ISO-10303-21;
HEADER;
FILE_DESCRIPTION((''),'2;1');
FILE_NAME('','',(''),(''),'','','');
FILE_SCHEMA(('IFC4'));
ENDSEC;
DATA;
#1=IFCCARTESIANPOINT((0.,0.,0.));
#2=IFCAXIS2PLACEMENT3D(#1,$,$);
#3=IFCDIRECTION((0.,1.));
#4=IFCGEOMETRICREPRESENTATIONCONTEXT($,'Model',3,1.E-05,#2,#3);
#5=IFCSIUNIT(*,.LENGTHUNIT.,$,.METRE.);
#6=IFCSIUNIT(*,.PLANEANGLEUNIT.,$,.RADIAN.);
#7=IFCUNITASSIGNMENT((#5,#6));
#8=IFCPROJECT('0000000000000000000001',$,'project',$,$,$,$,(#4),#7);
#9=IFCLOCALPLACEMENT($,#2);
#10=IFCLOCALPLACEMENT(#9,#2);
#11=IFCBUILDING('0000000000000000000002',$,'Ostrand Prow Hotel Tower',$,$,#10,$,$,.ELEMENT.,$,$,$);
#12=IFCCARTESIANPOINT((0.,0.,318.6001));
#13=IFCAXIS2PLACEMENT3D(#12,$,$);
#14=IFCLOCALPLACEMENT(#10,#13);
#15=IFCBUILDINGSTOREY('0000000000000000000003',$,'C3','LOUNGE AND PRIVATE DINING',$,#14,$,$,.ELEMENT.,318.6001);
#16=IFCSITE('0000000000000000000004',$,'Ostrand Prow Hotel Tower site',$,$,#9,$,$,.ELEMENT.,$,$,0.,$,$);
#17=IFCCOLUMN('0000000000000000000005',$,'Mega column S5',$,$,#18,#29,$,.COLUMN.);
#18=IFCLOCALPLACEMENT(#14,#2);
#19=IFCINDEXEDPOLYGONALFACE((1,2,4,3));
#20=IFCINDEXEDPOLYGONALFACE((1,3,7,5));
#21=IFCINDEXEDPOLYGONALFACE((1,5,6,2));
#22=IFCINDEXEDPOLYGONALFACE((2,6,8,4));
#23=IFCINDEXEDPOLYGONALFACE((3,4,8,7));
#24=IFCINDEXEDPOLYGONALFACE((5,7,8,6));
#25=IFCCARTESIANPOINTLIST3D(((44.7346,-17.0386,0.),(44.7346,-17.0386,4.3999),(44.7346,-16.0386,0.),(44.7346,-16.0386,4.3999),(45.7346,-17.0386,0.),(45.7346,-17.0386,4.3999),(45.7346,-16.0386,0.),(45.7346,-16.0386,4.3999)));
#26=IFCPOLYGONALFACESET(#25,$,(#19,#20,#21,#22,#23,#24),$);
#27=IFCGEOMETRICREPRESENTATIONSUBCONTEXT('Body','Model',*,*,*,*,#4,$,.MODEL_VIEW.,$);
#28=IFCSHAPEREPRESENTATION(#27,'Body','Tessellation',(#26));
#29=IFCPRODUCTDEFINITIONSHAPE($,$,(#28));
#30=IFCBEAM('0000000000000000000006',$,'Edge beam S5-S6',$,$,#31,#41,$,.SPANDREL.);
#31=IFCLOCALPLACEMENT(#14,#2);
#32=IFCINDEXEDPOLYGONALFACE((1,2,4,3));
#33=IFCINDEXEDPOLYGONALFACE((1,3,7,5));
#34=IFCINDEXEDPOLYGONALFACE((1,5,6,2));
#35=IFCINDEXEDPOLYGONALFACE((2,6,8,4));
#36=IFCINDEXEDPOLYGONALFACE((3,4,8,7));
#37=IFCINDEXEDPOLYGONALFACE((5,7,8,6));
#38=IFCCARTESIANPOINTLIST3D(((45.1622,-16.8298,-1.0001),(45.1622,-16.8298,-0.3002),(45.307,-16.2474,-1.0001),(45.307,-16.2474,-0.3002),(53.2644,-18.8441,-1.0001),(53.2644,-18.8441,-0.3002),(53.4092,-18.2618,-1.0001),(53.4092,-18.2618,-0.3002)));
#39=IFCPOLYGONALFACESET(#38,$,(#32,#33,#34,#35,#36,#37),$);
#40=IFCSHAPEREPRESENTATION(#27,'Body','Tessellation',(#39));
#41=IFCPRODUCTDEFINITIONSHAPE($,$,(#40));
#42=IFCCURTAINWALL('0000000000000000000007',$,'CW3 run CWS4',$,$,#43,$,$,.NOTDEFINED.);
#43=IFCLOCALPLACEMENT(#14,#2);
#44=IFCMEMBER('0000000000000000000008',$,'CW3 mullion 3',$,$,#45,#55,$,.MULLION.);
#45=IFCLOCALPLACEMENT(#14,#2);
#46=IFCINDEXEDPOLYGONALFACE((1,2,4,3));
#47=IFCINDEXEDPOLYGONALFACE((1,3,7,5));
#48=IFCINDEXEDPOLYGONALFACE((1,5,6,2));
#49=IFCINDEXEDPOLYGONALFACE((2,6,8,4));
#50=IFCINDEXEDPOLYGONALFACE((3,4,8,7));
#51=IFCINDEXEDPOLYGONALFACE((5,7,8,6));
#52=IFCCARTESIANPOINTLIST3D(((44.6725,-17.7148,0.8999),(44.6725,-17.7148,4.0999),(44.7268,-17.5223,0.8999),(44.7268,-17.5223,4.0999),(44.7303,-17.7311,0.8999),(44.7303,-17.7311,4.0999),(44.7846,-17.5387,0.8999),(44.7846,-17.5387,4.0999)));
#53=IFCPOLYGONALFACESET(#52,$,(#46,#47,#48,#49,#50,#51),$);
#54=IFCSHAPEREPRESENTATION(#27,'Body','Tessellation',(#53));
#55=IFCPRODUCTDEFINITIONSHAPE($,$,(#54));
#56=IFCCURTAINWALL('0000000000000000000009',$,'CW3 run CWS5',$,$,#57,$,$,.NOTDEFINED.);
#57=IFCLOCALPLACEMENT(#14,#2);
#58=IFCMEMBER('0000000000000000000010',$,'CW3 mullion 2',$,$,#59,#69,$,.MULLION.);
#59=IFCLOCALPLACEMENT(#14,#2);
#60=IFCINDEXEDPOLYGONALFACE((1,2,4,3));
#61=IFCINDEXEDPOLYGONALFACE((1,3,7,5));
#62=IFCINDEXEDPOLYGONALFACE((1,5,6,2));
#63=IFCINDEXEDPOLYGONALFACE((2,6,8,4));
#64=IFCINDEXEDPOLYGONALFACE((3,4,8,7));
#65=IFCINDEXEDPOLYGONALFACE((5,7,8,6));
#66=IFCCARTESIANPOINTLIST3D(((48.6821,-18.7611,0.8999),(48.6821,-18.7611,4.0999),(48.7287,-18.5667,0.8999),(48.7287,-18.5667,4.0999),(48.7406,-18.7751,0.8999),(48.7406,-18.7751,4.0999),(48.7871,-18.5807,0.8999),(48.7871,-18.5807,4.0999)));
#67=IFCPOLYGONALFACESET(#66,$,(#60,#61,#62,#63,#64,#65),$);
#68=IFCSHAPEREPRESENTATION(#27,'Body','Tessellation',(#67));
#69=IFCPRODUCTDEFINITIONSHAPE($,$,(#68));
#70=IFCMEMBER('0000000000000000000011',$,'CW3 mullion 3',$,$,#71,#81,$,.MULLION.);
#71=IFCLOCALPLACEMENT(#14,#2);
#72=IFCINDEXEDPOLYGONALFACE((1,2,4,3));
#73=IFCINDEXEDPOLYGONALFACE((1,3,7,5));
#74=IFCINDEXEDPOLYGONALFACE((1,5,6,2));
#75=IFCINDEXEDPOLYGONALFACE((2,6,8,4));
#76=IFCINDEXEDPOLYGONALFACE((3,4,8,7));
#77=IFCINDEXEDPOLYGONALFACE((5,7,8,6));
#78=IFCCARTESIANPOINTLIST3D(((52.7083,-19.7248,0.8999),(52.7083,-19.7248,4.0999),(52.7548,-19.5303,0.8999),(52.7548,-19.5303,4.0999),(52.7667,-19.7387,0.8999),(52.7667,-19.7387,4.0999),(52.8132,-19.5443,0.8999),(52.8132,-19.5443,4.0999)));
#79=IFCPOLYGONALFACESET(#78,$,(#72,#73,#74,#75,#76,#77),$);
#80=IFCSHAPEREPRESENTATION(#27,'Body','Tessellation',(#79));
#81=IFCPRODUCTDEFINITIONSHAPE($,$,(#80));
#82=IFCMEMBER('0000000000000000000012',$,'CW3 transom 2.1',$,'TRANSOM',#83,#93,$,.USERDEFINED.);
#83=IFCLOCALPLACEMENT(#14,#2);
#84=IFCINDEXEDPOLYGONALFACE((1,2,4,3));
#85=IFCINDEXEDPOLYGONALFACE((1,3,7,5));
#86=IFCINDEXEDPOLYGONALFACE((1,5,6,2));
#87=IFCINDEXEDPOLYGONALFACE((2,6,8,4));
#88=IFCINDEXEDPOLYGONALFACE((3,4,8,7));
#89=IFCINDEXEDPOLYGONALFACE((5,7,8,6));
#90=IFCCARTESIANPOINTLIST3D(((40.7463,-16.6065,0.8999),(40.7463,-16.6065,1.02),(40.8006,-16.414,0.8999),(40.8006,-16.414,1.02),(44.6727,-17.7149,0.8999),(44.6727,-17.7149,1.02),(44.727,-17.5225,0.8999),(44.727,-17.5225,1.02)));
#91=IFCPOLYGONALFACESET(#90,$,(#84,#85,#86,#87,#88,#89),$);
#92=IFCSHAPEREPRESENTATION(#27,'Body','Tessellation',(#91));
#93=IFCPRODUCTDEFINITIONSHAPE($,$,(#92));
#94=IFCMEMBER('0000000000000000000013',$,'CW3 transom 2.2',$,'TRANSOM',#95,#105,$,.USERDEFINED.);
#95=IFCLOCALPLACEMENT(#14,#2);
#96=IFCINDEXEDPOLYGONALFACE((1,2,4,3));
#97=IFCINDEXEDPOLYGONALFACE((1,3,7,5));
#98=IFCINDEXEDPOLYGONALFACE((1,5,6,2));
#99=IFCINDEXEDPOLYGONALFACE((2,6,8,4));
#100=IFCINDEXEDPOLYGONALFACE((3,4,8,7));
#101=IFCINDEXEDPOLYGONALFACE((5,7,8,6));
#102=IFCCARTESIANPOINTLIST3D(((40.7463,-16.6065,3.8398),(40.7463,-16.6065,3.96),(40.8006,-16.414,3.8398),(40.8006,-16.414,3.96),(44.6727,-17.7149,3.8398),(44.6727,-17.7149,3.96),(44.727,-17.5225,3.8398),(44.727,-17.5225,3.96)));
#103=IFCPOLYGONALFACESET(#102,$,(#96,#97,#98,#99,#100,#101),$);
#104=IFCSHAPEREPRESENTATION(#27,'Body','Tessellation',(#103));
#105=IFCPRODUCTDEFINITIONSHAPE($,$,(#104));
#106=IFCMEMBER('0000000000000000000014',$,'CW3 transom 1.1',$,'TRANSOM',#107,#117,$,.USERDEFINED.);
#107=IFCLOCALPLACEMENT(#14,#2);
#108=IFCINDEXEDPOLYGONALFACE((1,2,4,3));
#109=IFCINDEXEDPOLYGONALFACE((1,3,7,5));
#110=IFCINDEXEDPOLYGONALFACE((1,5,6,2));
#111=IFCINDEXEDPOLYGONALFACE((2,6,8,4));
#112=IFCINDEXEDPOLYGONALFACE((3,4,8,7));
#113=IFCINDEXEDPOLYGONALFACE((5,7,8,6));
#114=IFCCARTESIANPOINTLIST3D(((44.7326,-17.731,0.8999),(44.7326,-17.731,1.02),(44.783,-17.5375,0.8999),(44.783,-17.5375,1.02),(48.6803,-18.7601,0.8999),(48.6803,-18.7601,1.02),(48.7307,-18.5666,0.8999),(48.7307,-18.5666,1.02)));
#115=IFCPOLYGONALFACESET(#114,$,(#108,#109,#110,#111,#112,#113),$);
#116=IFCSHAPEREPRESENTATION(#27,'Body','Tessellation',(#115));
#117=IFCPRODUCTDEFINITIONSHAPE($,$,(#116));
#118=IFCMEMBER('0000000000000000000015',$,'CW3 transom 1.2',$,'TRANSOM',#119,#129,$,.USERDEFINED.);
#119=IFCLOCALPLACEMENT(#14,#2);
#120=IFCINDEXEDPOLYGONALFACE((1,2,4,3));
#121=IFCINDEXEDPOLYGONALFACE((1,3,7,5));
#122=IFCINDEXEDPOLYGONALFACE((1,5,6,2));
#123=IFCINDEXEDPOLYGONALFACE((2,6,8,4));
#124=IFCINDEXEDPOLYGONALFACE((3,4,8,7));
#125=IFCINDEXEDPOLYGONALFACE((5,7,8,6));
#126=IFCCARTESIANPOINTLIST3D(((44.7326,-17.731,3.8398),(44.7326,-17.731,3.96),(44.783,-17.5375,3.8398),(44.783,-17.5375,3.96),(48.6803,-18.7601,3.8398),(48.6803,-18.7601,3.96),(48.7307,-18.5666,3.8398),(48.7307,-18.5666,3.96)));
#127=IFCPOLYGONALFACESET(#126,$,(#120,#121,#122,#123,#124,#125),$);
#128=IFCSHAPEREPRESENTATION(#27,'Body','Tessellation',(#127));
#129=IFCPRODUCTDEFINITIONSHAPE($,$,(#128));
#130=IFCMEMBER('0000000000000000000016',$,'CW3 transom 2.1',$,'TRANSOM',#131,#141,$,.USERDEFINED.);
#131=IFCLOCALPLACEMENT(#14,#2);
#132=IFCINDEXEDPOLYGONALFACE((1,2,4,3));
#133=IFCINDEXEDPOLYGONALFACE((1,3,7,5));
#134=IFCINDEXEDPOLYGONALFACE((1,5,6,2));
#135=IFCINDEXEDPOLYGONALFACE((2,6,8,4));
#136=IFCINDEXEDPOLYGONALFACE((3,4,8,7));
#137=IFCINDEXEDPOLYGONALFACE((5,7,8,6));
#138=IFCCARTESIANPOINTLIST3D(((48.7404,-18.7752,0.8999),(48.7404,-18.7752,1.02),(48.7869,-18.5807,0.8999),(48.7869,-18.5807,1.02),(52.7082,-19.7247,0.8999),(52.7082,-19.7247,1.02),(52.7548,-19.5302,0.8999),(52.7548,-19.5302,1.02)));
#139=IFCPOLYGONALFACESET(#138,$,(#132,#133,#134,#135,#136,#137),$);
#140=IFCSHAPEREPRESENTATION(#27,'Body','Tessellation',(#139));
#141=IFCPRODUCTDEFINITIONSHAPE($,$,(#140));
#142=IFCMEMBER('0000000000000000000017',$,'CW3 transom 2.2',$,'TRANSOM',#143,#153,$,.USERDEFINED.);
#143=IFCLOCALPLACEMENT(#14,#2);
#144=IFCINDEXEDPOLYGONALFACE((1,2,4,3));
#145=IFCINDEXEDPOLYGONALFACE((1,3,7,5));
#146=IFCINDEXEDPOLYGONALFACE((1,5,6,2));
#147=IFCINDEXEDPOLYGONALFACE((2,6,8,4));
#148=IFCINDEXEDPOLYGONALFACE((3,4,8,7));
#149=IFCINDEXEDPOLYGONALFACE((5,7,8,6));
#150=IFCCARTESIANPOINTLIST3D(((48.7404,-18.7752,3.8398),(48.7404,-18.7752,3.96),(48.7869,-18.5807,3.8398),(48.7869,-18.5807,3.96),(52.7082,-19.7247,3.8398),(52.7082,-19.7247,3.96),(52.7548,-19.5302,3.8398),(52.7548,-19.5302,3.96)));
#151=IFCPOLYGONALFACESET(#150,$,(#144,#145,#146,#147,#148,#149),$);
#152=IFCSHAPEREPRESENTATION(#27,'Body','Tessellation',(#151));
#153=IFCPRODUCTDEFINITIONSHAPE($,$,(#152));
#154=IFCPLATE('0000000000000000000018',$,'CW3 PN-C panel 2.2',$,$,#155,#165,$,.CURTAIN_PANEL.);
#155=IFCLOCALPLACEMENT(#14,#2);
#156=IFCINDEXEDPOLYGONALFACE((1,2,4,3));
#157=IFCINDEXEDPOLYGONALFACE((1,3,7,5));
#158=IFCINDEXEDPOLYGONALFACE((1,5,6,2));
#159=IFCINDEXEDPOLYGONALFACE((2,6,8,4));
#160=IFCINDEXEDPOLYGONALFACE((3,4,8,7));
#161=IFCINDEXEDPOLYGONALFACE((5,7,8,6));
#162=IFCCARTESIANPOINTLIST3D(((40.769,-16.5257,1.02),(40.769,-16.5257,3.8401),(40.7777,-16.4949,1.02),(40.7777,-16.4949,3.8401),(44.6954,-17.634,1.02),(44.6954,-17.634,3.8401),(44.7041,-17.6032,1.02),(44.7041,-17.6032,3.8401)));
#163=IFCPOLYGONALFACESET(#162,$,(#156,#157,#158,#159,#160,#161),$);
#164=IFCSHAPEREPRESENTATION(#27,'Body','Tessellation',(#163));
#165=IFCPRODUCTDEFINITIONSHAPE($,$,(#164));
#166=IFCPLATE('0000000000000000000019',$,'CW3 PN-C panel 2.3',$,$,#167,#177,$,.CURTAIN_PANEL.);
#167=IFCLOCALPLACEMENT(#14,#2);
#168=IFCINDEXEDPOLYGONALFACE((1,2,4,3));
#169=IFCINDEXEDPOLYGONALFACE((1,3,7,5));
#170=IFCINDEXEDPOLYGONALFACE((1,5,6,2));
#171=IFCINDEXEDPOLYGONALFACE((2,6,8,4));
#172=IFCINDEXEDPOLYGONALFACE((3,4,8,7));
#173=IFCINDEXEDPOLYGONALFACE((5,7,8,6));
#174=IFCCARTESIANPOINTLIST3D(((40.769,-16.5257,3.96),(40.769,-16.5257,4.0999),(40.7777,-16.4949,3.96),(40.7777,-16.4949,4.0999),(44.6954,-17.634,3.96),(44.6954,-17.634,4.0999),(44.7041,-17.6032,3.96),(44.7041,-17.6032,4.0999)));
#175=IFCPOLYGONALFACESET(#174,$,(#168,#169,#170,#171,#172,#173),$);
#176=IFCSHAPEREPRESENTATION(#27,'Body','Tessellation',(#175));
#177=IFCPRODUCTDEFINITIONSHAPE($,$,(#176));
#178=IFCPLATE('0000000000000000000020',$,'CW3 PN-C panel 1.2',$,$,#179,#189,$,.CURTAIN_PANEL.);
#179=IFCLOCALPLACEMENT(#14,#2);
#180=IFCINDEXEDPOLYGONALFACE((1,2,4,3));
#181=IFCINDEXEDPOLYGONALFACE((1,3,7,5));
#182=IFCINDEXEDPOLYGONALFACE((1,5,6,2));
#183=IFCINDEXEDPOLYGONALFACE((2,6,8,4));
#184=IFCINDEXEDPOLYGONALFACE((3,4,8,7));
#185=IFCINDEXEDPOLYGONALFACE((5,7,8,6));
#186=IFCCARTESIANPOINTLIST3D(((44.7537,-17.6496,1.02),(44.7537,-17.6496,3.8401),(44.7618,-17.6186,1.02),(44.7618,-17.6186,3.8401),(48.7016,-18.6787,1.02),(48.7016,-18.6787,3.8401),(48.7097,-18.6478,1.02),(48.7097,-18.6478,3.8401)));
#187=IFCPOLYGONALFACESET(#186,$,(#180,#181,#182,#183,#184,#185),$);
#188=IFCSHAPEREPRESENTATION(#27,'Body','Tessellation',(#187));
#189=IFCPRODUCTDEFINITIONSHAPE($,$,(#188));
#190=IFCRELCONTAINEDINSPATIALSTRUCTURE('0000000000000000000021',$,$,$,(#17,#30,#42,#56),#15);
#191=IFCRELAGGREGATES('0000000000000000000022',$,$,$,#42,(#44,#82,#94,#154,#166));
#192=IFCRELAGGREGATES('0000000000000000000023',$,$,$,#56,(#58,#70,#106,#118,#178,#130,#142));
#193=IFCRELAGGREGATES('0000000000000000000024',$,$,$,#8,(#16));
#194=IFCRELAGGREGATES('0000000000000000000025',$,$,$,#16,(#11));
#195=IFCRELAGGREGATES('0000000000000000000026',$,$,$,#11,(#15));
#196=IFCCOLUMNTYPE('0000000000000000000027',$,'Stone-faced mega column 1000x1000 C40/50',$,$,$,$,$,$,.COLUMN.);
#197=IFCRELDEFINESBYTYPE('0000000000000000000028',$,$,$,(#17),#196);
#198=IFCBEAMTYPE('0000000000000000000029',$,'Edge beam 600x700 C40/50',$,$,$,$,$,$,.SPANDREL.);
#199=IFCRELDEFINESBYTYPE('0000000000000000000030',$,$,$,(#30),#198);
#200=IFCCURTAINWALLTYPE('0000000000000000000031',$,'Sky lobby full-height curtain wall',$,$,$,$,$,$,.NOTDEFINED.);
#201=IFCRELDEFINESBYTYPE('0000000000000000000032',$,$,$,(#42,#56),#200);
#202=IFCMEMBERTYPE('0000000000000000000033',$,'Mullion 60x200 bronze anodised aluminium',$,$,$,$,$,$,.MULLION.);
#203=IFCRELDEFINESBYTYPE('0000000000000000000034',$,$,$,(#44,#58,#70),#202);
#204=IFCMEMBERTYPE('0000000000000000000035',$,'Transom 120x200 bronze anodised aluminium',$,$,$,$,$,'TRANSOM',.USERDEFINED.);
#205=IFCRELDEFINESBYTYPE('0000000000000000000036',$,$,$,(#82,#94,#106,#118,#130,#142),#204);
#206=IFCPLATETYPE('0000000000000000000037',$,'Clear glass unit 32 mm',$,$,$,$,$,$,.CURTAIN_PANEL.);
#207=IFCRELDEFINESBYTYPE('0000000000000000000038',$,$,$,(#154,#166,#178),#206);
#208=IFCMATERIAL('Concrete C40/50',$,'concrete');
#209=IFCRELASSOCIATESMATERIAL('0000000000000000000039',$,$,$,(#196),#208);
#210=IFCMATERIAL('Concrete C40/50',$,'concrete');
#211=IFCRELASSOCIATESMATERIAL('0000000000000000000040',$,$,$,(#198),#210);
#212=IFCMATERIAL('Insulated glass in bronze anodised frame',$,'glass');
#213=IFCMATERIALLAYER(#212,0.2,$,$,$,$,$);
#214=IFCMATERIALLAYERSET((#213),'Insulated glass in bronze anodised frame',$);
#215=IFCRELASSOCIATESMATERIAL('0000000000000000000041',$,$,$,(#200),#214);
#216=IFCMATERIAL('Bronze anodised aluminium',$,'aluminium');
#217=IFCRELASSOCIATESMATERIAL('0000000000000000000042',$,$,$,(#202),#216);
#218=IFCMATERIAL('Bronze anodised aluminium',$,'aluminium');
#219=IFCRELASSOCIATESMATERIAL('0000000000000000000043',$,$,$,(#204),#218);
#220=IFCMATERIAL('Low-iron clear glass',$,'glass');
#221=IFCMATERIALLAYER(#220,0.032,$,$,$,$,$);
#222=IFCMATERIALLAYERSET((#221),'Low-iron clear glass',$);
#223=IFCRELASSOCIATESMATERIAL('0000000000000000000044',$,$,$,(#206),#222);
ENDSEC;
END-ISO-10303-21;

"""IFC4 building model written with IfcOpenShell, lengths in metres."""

from ifc_helpers import new_model, si_unit, direction, frame, origin, origin_2d, place, context, subcontext, project, spatial, rectangle, extrude, material, layer, layer_set, material_profile, profile_set, type_object, element, aggregate, save


model = new_model("IFC4")

# Units and contexts
model_context = context("Model", 3, precision=1e-05, world=origin(), true_north=direction((0.0, 1.0)))
body_context = subcontext(model_context, "Body", "Model", "MODEL_VIEW")
ifc_project = project(units=[si_unit("LENGTHUNIT", "METRE"), si_unit("PLANEANGLEUNIT", "RADIAN")], contexts=[model_context])

# Site, building, storey
site_placement = place(None, origin())
site = spatial("IfcSite", under=ifc_project, at=site_placement, Name="Ostrand Prow Hotel Tower site", CompositionType="ELEMENT", RefElevation=0.0)
building_placement = place(site_placement, origin())
building = spatial("IfcBuilding", under=site, at=building_placement, Name="Ostrand Prow Hotel Tower", CompositionType="ELEMENT")
storey_placement = place(building_placement, frame((0.0, 0.0, 318.6001)))
storey = spatial("IfcBuildingStorey", under=building, at=storey_placement, Name="C3", Description="LOUNGE AND PRIVATE DINING", CompositionType="ELEMENT", Elevation=318.6001)

# Column
ifc_material_1 = material(Name="Concrete C40/50", Category="concrete")
ifc_material_profile_1 = material_profile(ifc_material_1, rectangle(XDim=1.0, YDim=1.0, at=origin_2d()), Name="RC 1000x1000")
ifc_profile_set_1 = profile_set([ifc_material_profile_1], Name="Concrete C40/50")
column_type = type_object("IfcColumnType", Name="Stone-faced mega column 1000x1000 C40/50", PredefinedType="COLUMN", material=ifc_profile_set_1)
column_placement = place(storey_placement, frame((45.2346, -16.5386, 0.0), z_axis=(0.0, 0.0, 1.0), x_axis=(1.0, 0.0, 0.0)))
element("IfcColumn", 1, at=column_placement, inside=storey, type_object=column_type, Name="Mega column S5", PredefinedType="COLUMN", context=body_context, shape_type="SweptSolid", body=[
    extrude(rectangle(XDim=1.0, YDim=1.0, at=origin_2d()), origin(), (0.0, 0.0, 1.0), 4.3999),
])

# Beam
ifc_material_2 = material(Name="Concrete C40/50", Category="concrete")
ifc_material_profile_2 = material_profile(ifc_material_2, rectangle(XDim=0.6001, YDim=0.7, at=origin_2d()), Name="RC 600x700")
ifc_profile_set_2 = profile_set([ifc_material_profile_2], Name="Concrete C40/50")
beam_type = type_object("IfcBeamType", Name="Edge beam 600x700 C40/50", PredefinedType="SPANDREL", material=ifc_profile_set_2)
beam_placement = place(storey_placement, frame((45.2346, -16.5386, -0.6501), z_axis=(0.970456, -0.241276, 0.0), x_axis=(0.241276, 0.970456, 0.0)))
element("IfcBeam", 2, at=beam_placement, inside=storey, type_object=beam_type, Name="Edge beam S5-S6", PredefinedType="SPANDREL", context=body_context, shape_type="SweptSolid", body=[
    extrude(rectangle(XDim=0.6001, YDim=0.7, at=origin_2d()), origin(), (0.0, 0.0, 1.0), 8.3489),
])

# Curtain wall, member
ifc_material_3 = material(Name="Insulated glass in bronze anodised frame", Category="glass")
ifc_layer_1 = layer(ifc_material_3, 0.2)
ifc_layer_set_1 = layer_set([ifc_layer_1], Name="Insulated glass in bronze anodised frame")
curtain_wall_type = type_object("IfcCurtainWallType", Name="Sky lobby full-height curtain wall", PredefinedType="NOTDEFINED", material=ifc_layer_set_1)
curtain_wall_1_placement = place(storey_placement, origin())
curtain_wall_1 = element("IfcCurtainWall", 3, at=curtain_wall_1_placement, inside=storey, type_object=curtain_wall_type, Name="CW3 run CWS4", PredefinedType="NOTDEFINED")
ifc_material_4 = material(Name="Bronze anodised aluminium", Category="aluminium")
ifc_material_profile_3 = material_profile(ifc_material_4, rectangle(XDim=0.2, YDim=0.0601, at=origin_2d()), Name="Mullion 60x200 bronze anodised aluminium")
ifc_profile_set_3 = profile_set([ifc_material_profile_3], Name="Bronze anodised aluminium")
member_type_1 = type_object("IfcMemberType", Name="Mullion 60x200 bronze anodised aluminium", PredefinedType="MULLION", material=ifc_profile_set_3)
member_1_placement = place(storey_placement, frame((44.7285, -17.6267, 0.8999), z_axis=(0.0, 0.0, 1.0), x_axis=(0.271649, 0.962396, 0.0)))
member_1 = element("IfcMember", 4, at=member_1_placement, type_object=member_type_1, Name="CW3 mullion 3", PredefinedType="MULLION", context=body_context, shape_type="SweptSolid", body=[
    extrude(rectangle(XDim=0.2, YDim=0.0601, at=origin_2d()), origin(), (0.0, 0.0, 1.0), 3.2),
])

# Curtain wall, members
curtain_wall_2_placement = place(storey_placement, origin())
curtain_wall_2 = element("IfcCurtainWall", 5, at=curtain_wall_2_placement, inside=storey, type_object=curtain_wall_type, Name="CW3 run CWS5", PredefinedType="NOTDEFINED")
member_2_placement = place(storey_placement, frame((48.7346, -18.6709, 0.8999), z_axis=(0.0, 0.0, 1.0), x_axis=(0.232746, 0.972538, 0.0)))
member_2 = element("IfcMember", 6, at=member_2_placement, type_object=member_type_1, Name="CW3 mullion 2", PredefinedType="MULLION", context=body_context, shape_type="SweptSolid", body=[
    extrude(rectangle(XDim=0.2, YDim=0.0601, at=origin_2d()), origin(), (0.0, 0.0, 1.0), 3.2),
])
member_3_placement = place(storey_placement, frame((52.7607, -19.6345, 0.8999), z_axis=(0.0, 0.0, 1.0), x_axis=(0.232746, 0.972538, 0.0)))
member_3 = element("IfcMember", 7, at=member_3_placement, type_object=member_type_1, Name="CW3 mullion 3", PredefinedType="MULLION", context=body_context, shape_type="SweptSolid", body=[
    extrude(rectangle(XDim=0.2, YDim=0.0601, at=origin_2d()), origin(), (0.0, 0.0, 1.0), 3.2),
])

# Members
ifc_material_5 = material(Name="Bronze anodised aluminium", Category="aluminium")
ifc_material_profile_4 = material_profile(ifc_material_5, rectangle(XDim=0.2, YDim=0.1201, at=origin_2d()), Name="Transom 120x200 bronze anodised aluminium")
ifc_profile_set_4 = profile_set([ifc_material_profile_4], Name="Bronze anodised aluminium")
member_type_2 = type_object("IfcMemberType", Name="Transom 120x200 bronze anodised aluminium", ElementType="TRANSOM", PredefinedType="USERDEFINED", material=ifc_profile_set_4)
member_4_placement = place(storey_placement, frame((40.7734, -16.5103, 0.96), z_axis=(0.962386, -0.271685, 0.0), x_axis=(0.271685, 0.962386, 0.0)))
member_4 = element("IfcMember", 8, at=member_4_placement, type_object=member_type_2, Name="CW3 transom 2.1", ObjectType="TRANSOM", PredefinedType="USERDEFINED", context=body_context, shape_type="SweptSolid", body=[
    extrude(rectangle(XDim=0.2, YDim=0.1201, at=origin_2d()), origin(), (0.0, 0.0, 1.0), 4.0798),
])
member_5_placement = place(storey_placement, frame((40.7734, -16.5103, 3.8999), z_axis=(0.962386, -0.271685, 0.0), x_axis=(0.271685, 0.962386, 0.0)))
member_5 = element("IfcMember", 9, at=member_5_placement, type_object=member_type_2, Name="CW3 transom 2.2", ObjectType="TRANSOM", PredefinedType="USERDEFINED", context=body_context, shape_type="SweptSolid", body=[
    extrude(rectangle(XDim=0.2, YDim=0.1201, at=origin_2d()), origin(), (0.0, 0.0, 1.0), 4.0798),
])
member_6_placement = place(storey_placement, frame((44.7578, -17.6343, 0.96), z_axis=(0.967665, -0.252239, 0.0), x_axis=(0.252239, 0.967665, 0.0)))
member_6 = element("IfcMember", 10, at=member_6_placement, type_object=member_type_2, Name="CW3 transom 1.1", ObjectType="TRANSOM", PredefinedType="USERDEFINED", context=body_context, shape_type="SweptSolid", body=[
    extrude(rectangle(XDim=0.2, YDim=0.1201, at=origin_2d()), origin(), (0.0, 0.0, 1.0), 4.0796),
])
member_7_placement = place(storey_placement, frame((44.7578, -17.6343, 3.8999), z_axis=(0.967665, -0.252239, 0.0), x_axis=(0.252239, 0.967665, 0.0)))
member_7 = element("IfcMember", 11, at=member_7_placement, type_object=member_type_2, Name="CW3 transom 1.2", ObjectType="TRANSOM", PredefinedType="USERDEFINED", context=body_context, shape_type="SweptSolid", body=[
    extrude(rectangle(XDim=0.2, YDim=0.1201, at=origin_2d()), origin(), (0.0, 0.0, 1.0), 4.0796),
])
member_8_placement = place(storey_placement, frame((48.7637, -18.678, 0.96), z_axis=(0.972543, -0.232723, 0.0), x_axis=(0.232723, 0.972543, 0.0)))
member_8 = element("IfcMember", 12, at=member_8_placement, type_object=member_type_2, Name="CW3 transom 2.1", ObjectType="TRANSOM", PredefinedType="USERDEFINED", context=body_context, shape_type="SweptSolid", body=[
    extrude(rectangle(XDim=0.2, YDim=0.1201, at=origin_2d()), origin(), (0.0, 0.0, 1.0), 4.0798),
])
member_9_placement = place(storey_placement, frame((48.7637, -18.678, 3.8999), z_axis=(0.972543, -0.232723, 0.0), x_axis=(0.232723, 0.972543, 0.0)))
member_9 = element("IfcMember", 13, at=member_9_placement, type_object=member_type_2, Name="CW3 transom 2.2", ObjectType="TRANSOM", PredefinedType="USERDEFINED", context=body_context, shape_type="SweptSolid", body=[
    extrude(rectangle(XDim=0.2, YDim=0.1201, at=origin_2d()), origin(), (0.0, 0.0, 1.0), 4.0798),
])

# Plates
ifc_material_6 = material(Name="Low-iron clear glass", Category="glass")
ifc_layer_2 = layer(ifc_material_6, 0.032)
ifc_layer_set_2 = layer_set([ifc_layer_2], Name="Low-iron clear glass")
plate_type_1 = type_object("IfcPlateType", Name="Clear glass unit 32 mm", PredefinedType="CURTAIN_PANEL", material=ifc_layer_set_2)
plate_1_placement = place(storey_placement, frame((42.7366, -17.0645, 1.02), z_axis=(0.0, 0.0, 1.0), x_axis=(0.962396, -0.271649, 0.0)))
plate_1 = element("IfcPlate", 14, at=plate_1_placement, type_object=plate_type_1, Name="CW3 PN-C panel 2.2", PredefinedType="CURTAIN_PANEL", context=body_context, shape_type="SweptSolid", body=[
    extrude(rectangle(XDim=4.0798, YDim=0.032, at=origin_2d()), origin(), (0.0, 0.0, 1.0), 2.8201),
])
plate_2_placement = place(storey_placement, frame((42.7366, -17.0645, 3.96), z_axis=(0.0, 0.0, 1.0), x_axis=(0.962396, -0.271649, 0.0)))
plate_2 = element("IfcPlate", 15, at=plate_2_placement, type_object=plate_type_1, Name="CW3 PN-C panel 2.3", PredefinedType="CURTAIN_PANEL", context=body_context, shape_type="SweptSolid", body=[
    extrude(rectangle(XDim=4.0798, YDim=0.032, at=origin_2d()), origin(), (0.0, 0.0, 1.0), 0.1399),
])
aggregate(curtain_wall_1, [member_1, member_4, member_5, plate_1, plate_2])
plate_3_placement = place(storey_placement, frame((46.7317, -18.1487, 1.02), z_axis=(0.0, 0.0, 1.0), x_axis=(0.967663, -0.252248, 0.0)))
plate_3 = element("IfcPlate", 16, at=plate_3_placement, type_object=plate_type_1, Name="CW3 PN-C panel 1.2", PredefinedType="CURTAIN_PANEL", context=body_context, shape_type="SweptSolid", body=[
    extrude(rectangle(XDim=4.0798, YDim=0.032, at=origin_2d()), origin(), (0.0, 0.0, 1.0), 2.8201),
])
aggregate(curtain_wall_2, [member_2, member_3, member_6, member_7, plate_3, member_8, member_9])

save(model, "model.ifc")
